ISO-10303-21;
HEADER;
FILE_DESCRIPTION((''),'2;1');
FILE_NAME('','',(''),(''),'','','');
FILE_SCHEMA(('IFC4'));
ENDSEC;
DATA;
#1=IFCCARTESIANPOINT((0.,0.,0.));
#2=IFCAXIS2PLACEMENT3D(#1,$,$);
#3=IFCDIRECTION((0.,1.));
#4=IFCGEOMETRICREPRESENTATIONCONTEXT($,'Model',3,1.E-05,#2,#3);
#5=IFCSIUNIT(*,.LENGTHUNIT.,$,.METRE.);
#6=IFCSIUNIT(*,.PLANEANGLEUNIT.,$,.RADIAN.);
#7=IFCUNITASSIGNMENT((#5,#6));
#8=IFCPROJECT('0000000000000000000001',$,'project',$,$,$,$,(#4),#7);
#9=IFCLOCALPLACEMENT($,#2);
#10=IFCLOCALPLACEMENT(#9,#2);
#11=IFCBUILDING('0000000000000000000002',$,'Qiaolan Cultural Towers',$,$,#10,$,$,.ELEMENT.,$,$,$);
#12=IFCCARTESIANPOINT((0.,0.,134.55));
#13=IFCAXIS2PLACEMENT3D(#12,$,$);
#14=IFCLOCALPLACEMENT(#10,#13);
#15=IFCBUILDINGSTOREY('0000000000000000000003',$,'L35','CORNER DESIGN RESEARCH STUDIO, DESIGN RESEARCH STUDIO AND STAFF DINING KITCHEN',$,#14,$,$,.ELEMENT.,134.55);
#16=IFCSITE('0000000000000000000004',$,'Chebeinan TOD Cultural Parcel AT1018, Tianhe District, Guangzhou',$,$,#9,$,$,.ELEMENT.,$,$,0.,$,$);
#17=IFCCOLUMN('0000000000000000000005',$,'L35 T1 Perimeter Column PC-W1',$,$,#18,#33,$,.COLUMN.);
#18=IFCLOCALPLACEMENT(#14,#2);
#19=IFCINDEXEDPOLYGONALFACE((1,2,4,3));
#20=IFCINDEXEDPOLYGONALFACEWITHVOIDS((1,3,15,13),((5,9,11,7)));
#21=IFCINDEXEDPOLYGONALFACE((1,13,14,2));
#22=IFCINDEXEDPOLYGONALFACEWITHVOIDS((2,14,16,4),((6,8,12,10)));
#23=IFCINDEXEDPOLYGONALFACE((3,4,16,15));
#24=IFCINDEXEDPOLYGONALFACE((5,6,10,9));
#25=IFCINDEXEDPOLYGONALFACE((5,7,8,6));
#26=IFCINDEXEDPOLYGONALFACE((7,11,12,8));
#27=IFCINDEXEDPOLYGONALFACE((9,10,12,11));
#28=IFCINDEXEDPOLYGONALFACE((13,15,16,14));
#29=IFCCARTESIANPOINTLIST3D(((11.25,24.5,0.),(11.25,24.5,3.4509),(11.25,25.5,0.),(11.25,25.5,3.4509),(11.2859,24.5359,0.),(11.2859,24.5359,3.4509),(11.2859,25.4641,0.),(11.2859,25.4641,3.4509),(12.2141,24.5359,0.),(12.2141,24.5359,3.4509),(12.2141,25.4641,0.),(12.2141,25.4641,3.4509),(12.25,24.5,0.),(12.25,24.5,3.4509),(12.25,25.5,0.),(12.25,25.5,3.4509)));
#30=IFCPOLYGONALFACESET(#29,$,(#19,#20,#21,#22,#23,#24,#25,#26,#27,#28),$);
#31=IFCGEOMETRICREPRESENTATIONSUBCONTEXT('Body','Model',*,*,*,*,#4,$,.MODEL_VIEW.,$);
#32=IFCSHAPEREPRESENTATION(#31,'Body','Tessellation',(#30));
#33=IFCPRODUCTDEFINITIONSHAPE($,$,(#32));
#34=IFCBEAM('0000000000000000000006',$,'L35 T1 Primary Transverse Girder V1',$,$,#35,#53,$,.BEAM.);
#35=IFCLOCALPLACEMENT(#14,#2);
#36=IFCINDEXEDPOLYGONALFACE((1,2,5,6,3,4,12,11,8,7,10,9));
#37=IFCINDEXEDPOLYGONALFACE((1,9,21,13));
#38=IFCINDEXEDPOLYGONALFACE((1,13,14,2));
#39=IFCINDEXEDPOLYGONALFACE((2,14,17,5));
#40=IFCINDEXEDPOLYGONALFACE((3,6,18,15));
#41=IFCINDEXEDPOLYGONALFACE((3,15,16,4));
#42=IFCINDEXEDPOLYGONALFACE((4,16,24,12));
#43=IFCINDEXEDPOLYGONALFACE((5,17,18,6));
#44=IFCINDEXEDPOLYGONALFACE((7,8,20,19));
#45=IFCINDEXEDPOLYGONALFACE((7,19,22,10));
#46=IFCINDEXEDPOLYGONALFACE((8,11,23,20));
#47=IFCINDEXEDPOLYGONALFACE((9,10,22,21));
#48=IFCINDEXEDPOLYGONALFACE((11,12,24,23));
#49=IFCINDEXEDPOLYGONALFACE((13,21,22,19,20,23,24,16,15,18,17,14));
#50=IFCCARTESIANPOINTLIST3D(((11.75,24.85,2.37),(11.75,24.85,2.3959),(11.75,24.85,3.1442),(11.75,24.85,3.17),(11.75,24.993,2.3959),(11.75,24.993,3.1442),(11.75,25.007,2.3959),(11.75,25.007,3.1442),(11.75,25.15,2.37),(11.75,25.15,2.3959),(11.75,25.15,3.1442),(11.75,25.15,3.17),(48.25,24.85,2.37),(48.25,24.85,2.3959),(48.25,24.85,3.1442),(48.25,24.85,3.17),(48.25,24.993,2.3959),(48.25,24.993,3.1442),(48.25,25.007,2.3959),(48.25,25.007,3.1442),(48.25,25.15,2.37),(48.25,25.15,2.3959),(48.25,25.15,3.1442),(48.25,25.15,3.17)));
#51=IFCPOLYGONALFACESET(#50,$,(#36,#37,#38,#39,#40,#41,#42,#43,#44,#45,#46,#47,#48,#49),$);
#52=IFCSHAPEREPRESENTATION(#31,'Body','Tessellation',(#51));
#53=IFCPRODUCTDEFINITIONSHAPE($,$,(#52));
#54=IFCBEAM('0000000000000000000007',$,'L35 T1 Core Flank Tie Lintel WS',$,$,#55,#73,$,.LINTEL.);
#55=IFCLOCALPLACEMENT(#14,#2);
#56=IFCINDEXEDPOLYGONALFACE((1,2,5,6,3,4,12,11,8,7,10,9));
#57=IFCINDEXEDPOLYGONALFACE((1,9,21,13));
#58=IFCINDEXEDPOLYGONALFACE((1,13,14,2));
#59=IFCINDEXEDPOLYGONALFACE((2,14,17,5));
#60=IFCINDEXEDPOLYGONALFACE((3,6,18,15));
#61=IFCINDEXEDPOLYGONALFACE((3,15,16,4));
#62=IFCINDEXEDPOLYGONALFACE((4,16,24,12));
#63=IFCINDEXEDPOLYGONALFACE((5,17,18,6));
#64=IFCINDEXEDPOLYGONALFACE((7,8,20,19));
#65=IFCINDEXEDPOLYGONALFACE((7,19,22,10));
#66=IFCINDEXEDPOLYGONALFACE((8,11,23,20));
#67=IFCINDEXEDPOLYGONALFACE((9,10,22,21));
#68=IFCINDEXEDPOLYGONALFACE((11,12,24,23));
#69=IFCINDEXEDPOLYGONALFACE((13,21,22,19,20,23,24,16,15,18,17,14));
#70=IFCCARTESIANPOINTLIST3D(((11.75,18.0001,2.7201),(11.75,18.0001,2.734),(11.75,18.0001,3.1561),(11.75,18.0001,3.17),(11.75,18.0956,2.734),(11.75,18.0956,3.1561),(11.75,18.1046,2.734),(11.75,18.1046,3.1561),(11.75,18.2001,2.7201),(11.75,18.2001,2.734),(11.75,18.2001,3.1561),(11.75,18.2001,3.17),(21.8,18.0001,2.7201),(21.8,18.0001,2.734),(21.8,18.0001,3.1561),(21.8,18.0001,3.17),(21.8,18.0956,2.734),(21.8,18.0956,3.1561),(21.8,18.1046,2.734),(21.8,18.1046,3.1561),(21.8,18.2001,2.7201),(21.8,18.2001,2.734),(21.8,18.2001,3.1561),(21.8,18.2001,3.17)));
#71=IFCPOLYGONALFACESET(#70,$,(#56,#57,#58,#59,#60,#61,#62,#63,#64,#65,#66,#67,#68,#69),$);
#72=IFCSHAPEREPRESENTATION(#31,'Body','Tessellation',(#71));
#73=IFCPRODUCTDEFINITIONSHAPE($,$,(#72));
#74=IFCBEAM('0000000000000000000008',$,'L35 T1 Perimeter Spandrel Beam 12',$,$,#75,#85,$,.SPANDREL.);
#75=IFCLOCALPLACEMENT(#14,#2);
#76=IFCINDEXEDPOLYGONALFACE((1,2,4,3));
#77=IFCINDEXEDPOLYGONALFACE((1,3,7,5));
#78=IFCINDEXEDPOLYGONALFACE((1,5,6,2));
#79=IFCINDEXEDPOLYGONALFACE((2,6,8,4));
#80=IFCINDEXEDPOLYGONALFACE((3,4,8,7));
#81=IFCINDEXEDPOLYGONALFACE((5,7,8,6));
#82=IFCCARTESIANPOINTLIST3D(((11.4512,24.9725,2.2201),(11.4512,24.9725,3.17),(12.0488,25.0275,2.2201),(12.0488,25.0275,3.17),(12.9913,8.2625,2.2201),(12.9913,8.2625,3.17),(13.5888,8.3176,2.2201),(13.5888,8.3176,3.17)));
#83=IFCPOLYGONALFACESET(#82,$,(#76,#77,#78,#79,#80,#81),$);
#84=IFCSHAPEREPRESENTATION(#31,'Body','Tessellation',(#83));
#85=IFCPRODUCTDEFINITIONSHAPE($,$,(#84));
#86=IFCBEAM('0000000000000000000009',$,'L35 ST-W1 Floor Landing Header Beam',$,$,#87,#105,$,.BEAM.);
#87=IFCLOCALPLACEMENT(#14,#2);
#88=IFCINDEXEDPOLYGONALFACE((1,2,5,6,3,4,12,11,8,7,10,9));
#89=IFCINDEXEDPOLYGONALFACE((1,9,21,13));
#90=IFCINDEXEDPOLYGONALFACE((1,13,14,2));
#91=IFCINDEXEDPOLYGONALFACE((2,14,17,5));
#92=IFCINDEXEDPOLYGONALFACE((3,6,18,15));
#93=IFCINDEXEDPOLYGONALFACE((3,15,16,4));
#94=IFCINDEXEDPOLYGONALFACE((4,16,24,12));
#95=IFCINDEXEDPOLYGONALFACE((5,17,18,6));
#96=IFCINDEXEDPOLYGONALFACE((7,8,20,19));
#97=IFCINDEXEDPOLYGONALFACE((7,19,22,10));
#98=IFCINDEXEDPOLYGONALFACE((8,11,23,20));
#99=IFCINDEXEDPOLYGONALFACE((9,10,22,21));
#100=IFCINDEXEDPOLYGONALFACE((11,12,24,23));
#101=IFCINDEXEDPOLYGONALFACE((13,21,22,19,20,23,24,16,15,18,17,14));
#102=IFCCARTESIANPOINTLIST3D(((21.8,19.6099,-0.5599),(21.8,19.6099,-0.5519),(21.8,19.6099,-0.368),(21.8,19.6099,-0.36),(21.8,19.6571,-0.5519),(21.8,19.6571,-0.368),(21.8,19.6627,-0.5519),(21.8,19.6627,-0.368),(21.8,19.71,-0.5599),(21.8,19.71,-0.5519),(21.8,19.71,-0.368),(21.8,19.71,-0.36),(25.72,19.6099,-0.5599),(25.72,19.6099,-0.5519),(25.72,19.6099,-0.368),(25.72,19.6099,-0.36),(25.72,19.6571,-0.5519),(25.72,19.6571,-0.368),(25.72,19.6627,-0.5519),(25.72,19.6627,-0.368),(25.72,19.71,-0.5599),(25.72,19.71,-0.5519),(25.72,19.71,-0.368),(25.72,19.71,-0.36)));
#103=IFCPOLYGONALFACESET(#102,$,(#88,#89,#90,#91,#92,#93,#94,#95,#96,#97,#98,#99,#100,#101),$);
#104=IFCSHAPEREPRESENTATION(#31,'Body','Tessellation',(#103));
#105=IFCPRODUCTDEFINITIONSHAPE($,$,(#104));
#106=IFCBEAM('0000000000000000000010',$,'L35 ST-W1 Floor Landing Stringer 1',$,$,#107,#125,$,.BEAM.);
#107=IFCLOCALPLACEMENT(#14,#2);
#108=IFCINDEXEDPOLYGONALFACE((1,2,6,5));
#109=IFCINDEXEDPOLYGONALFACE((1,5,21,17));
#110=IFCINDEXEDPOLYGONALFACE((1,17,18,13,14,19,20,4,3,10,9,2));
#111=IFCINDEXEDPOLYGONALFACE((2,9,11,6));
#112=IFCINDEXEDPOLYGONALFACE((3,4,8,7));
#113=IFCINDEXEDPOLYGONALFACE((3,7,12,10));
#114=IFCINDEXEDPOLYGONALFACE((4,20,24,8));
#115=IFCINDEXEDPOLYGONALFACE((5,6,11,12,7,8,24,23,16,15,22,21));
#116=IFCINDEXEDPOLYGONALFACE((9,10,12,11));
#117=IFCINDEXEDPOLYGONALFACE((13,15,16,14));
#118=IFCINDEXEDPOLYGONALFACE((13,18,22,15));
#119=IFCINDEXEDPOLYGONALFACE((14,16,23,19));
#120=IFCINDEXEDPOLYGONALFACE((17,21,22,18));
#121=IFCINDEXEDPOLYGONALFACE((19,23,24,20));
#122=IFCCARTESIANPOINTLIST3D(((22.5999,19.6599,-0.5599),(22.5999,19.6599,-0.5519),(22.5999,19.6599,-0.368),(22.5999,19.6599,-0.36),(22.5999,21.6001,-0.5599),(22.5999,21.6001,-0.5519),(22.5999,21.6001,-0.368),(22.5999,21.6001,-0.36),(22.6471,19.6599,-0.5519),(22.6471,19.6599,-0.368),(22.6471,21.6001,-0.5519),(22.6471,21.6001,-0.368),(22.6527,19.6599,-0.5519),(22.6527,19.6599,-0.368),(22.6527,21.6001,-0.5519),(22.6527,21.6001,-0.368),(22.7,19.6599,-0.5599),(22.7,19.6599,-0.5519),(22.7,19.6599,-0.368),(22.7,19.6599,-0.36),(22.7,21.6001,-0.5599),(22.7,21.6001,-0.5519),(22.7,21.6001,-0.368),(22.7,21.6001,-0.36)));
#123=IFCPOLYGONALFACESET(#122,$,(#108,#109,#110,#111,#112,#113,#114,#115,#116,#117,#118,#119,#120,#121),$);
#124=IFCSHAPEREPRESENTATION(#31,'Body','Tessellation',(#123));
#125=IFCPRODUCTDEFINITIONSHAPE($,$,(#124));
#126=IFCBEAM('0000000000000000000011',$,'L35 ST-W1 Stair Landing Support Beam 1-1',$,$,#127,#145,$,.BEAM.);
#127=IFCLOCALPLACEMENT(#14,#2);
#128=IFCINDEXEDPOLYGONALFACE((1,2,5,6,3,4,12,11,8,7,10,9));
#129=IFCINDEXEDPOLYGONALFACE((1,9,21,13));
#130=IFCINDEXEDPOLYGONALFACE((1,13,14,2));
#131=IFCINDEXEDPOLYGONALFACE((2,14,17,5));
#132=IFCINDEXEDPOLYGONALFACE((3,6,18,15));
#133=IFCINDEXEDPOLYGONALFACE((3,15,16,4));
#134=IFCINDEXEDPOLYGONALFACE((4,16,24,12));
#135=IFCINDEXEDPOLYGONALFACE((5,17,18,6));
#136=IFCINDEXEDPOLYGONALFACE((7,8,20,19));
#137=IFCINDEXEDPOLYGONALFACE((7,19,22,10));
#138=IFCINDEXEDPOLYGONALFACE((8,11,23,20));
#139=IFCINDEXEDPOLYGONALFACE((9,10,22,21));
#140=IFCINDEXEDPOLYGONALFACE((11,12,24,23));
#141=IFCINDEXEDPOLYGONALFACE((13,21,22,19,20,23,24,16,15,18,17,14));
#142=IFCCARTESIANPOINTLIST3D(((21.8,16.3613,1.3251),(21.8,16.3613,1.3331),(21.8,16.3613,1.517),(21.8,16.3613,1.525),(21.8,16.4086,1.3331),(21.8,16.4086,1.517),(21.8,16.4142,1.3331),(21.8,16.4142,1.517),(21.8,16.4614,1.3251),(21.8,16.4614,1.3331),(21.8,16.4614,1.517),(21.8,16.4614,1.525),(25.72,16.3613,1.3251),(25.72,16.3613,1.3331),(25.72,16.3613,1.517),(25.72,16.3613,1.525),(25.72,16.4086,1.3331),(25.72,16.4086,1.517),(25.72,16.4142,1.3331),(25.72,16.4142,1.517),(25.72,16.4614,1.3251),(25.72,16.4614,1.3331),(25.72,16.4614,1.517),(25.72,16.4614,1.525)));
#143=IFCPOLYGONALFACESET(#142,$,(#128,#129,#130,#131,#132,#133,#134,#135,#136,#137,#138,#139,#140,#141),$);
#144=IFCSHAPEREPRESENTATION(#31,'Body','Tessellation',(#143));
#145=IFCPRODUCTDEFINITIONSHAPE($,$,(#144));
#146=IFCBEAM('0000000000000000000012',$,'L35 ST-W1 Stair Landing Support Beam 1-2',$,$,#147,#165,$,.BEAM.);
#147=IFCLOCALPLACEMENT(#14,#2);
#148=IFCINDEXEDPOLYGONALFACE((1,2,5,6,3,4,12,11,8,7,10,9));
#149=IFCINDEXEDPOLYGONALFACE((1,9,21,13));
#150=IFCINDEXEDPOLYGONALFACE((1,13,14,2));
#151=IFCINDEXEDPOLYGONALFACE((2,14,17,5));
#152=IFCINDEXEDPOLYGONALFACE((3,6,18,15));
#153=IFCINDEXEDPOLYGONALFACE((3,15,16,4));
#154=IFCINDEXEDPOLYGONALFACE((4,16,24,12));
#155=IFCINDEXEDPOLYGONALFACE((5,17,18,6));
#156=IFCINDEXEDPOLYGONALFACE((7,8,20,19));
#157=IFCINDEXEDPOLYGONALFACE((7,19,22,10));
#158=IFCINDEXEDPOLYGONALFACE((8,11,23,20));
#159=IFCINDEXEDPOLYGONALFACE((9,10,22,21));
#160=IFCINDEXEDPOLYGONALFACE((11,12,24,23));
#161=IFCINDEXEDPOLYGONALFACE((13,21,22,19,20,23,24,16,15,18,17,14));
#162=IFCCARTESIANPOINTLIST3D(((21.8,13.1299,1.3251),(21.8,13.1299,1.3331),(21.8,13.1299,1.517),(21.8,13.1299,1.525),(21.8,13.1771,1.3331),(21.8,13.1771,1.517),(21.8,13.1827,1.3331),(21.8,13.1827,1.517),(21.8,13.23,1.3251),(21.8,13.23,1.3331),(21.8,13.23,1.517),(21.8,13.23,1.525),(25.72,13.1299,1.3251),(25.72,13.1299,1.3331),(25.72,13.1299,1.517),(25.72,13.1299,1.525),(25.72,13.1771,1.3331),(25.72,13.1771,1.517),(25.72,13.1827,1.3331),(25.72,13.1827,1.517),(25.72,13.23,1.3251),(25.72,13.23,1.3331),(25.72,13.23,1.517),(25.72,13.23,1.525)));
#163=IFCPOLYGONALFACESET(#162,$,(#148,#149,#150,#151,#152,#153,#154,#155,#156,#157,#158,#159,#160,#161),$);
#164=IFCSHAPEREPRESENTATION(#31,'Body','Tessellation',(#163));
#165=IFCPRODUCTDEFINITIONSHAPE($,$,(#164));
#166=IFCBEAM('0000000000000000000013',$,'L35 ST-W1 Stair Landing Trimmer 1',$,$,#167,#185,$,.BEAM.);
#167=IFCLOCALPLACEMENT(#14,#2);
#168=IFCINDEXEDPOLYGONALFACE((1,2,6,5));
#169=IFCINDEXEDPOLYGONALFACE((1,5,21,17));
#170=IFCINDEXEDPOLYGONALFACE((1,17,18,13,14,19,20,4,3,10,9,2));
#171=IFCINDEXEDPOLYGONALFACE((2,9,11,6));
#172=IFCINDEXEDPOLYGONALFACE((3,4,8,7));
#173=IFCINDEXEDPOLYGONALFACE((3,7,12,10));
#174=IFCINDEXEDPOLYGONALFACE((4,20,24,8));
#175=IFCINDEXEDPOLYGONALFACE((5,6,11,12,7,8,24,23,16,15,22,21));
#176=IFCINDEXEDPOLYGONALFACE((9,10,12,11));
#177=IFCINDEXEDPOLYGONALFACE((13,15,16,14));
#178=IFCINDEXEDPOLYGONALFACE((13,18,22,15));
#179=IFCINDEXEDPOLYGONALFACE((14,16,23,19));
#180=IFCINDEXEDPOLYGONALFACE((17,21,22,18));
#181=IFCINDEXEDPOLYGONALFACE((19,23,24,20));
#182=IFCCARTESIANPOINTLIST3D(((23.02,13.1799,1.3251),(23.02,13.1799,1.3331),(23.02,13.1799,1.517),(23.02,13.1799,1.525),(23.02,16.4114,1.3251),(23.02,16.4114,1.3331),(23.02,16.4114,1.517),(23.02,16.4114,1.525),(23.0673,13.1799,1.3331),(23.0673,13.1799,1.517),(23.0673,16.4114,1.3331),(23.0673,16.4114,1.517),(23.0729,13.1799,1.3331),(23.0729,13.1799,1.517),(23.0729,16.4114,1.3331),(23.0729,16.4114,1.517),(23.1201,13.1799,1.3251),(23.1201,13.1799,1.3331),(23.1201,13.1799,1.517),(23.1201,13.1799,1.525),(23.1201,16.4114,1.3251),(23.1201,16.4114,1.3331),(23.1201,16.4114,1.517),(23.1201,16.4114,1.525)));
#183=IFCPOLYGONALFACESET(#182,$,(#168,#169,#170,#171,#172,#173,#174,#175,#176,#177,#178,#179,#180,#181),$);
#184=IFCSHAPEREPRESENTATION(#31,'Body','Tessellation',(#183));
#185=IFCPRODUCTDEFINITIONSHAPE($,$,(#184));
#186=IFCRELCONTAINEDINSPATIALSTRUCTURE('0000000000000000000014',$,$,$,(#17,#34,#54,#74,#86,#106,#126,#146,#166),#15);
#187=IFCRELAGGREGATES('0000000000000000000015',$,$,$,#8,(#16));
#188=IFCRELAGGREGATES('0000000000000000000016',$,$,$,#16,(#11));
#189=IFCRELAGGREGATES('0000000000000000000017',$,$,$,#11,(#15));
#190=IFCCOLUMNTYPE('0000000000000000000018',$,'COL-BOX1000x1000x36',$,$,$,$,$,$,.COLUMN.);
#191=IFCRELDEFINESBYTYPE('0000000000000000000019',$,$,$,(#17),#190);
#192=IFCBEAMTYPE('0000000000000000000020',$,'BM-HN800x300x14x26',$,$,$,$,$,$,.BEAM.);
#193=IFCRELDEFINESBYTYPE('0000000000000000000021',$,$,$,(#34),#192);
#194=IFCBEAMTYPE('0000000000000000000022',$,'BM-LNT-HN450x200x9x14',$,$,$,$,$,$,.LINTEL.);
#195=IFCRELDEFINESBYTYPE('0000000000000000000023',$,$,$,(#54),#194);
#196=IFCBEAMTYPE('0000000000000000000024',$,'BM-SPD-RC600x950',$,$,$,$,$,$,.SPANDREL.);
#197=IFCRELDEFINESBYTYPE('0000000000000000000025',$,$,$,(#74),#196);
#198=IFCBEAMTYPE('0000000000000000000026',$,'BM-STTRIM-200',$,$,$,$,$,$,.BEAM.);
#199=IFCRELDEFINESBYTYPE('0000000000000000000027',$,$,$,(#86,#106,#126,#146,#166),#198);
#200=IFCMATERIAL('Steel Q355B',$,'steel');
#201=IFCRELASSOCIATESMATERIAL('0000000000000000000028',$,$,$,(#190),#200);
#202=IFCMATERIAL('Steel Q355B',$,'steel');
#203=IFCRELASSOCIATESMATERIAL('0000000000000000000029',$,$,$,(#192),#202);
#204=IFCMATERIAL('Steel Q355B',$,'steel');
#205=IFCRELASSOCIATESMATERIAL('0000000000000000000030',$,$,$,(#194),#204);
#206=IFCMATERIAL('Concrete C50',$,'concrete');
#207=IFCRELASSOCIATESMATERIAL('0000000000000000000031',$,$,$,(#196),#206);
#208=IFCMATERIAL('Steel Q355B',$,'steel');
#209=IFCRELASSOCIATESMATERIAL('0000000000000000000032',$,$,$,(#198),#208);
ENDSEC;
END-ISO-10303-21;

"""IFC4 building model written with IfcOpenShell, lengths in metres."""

from ifc_helpers import new_model, si_unit, direction, frame, origin, origin_2d, place, context, subcontext, project, spatial, rectangle, hollow_rectangle, i_section, extrude, material, material_profile, profile_set, type_object, element, save


model = new_model("IFC4")

# Units and contexts
model_context = context("Model", 3, precision=1e-05, world=origin(), true_north=direction((0.0, 1.0)))
body_context = subcontext(model_context, "Body", "Model", "MODEL_VIEW")
ifc_project = project(units=[si_unit("LENGTHUNIT", "METRE"), si_unit("PLANEANGLEUNIT", "RADIAN")], contexts=[model_context])

# Site, building, storey
site_placement = place(None, origin())
site = spatial("IfcSite", under=ifc_project, at=site_placement, Name="Chebeinan TOD Cultural Parcel AT1018, Tianhe District, Guangzhou", CompositionType="ELEMENT", RefElevation=0.0)
building_placement = place(site_placement, origin())
building = spatial("IfcBuilding", under=site, at=building_placement, Name="Qiaolan Cultural Towers", CompositionType="ELEMENT")
storey_placement = place(building_placement, frame((0.0, 0.0, 134.55)))
storey = spatial("IfcBuildingStorey", under=building, at=storey_placement, Name="L35", Description="CORNER DESIGN RESEARCH STUDIO, DESIGN RESEARCH STUDIO AND STAFF DINING KITCHEN", CompositionType="ELEMENT", Elevation=134.55)

# Column
ifc_material_1 = material(Name="Steel Q355B", Category="steel")
ifc_material_profile_1 = material_profile(ifc_material_1, hollow_rectangle(XDim=1.0, YDim=1.0, WallThickness=0.0359, at=origin_2d()), Name="BOX1000x1000x36")
ifc_profile_set_1 = profile_set([ifc_material_profile_1], Name="Steel Q355B")
column_type = type_object("IfcColumnType", Name="COL-BOX1000x1000x36", PredefinedType="COLUMN", material=ifc_profile_set_1)
column_placement = place(storey_placement, frame((11.75, 25.0, 0.0), z_axis=(0.0, 0.0, 1.0), x_axis=(1.0, 0.0, 0.0)))
element("IfcColumn", 1, at=column_placement, inside=storey, type_object=column_type, Name="L35 T1 Perimeter Column PC-W1", PredefinedType="COLUMN", context=body_context, shape_type="SweptSolid", body=[
    extrude(hollow_rectangle(XDim=1.0, YDim=1.0, WallThickness=0.0359, at=origin_2d()), origin(), (0.0, 0.0, 1.0), 3.4509),
])

# Beams
ifc_material_2 = material(Name="Steel Q355B", Category="steel")
ifc_material_profile_2 = material_profile(ifc_material_2, i_section(OverallWidth=0.3, OverallDepth=0.8, WebThickness=0.0139, FlangeThickness=0.0259, at=origin_2d()), Name="HN800x300x14x26")
ifc_profile_set_2 = profile_set([ifc_material_profile_2], Name="Steel Q355B")
beam_type_1 = type_object("IfcBeamType", Name="BM-HN800x300x14x26", PredefinedType="BEAM", material=ifc_profile_set_2)
beam_1_placement = place(storey_placement, frame((11.75, 25.0, 2.77), z_axis=(1.0, 0.0, 0.0), x_axis=(0.0, 1.0, 0.0)))
element("IfcBeam", 2, at=beam_1_placement, inside=storey, type_object=beam_type_1, Name="L35 T1 Primary Transverse Girder V1", PredefinedType="BEAM", context=body_context, shape_type="SweptSolid", body=[
    extrude(i_section(OverallWidth=0.3, OverallDepth=0.8, WebThickness=0.0139, FlangeThickness=0.0259, at=origin_2d()), origin(), (0.0, 0.0, 1.0), 36.5),
])
ifc_material_3 = material(Name="Steel Q355B", Category="steel")
ifc_material_profile_3 = material_profile(ifc_material_3, i_section(OverallWidth=0.2, OverallDepth=0.45, WebThickness=0.009, FlangeThickness=0.0139, at=origin_2d()), Name="HN450x200x9x14")
ifc_profile_set_3 = profile_set([ifc_material_profile_3], Name="Steel Q355B")
beam_type_2 = type_object("IfcBeamType", Name="BM-LNT-HN450x200x9x14", PredefinedType="LINTEL", material=ifc_profile_set_3)
beam_2_placement = place(storey_placement, frame((21.8, 18.1001, 2.9451), z_axis=(-1.0, 0.0, 0.0), x_axis=(0.0, -1.0, 0.0)))
element("IfcBeam", 3, at=beam_2_placement, inside=storey, type_object=beam_type_2, Name="L35 T1 Core Flank Tie Lintel WS", PredefinedType="LINTEL", context=body_context, shape_type="SweptSolid", body=[
    extrude(i_section(OverallWidth=0.2, OverallDepth=0.45, WebThickness=0.009, FlangeThickness=0.0139, at=origin_2d()), origin(), (0.0, 0.0, 1.0), 10.05),
])
ifc_material_4 = material(Name="Concrete C50", Category="concrete")
ifc_material_profile_4 = material_profile(ifc_material_4, rectangle(XDim=0.6001, YDim=0.95, at=origin_2d()), Name="RC600x950")
ifc_profile_set_4 = profile_set([ifc_material_profile_4], Name="Concrete C50")
beam_type_3 = type_object("IfcBeamType", Name="BM-SPD-RC600x950", PredefinedType="SPANDREL", material=ifc_profile_set_4)
beam_3_placement = place(storey_placement, frame((11.75, 25.0, 2.6951), z_axis=(0.091774, -0.99578, 0.0), x_axis=(0.99578, 0.091774, 0.0)))
element("IfcBeam", 4, at=beam_3_placement, inside=storey, type_object=beam_type_3, Name="L35 T1 Perimeter Spandrel Beam 12", PredefinedType="SPANDREL", context=body_context, shape_type="SweptSolid", body=[
    extrude(rectangle(XDim=0.6001, YDim=0.95, at=origin_2d()), origin(), (0.0, 0.0, 1.0), 16.7808),
])
ifc_material_5 = material(Name="Steel Q355B", Category="steel")
ifc_material_profile_5 = material_profile(ifc_material_5, i_section(OverallWidth=0.1001, OverallDepth=0.2, WebThickness=0.0056, FlangeThickness=0.0081, at=origin_2d()), Name="HN200x100x5.5x8")
ifc_profile_set_5 = profile_set([ifc_material_profile_5], Name="Steel Q355B")
beam_type_4 = type_object("IfcBeamType", Name="BM-STTRIM-200", PredefinedType="BEAM", material=ifc_profile_set_5)
beam_4_placement = place(storey_placement, frame((21.8, 19.6599, -0.46), z_axis=(1.0, 0.0, 0.0), x_axis=(0.0, 1.0, 0.0)))
element("IfcBeam", 5, at=beam_4_placement, inside=storey, type_object=beam_type_4, Name="L35 ST-W1 Floor Landing Header Beam", PredefinedType="BEAM", context=body_context, shape_type="SweptSolid", body=[
    extrude(i_section(OverallWidth=0.1001, OverallDepth=0.2, WebThickness=0.0056, FlangeThickness=0.0081, at=origin_2d()), origin(), (0.0, 0.0, 1.0), 3.9199),
])
beam_5_placement = place(storey_placement, frame((22.6499, 21.6001, -0.46), z_axis=(0.0, -1.0, 0.0), x_axis=(1.0, 0.0, 0.0)))
element("IfcBeam", 6, at=beam_5_placement, inside=storey, type_object=beam_type_4, Name="L35 ST-W1 Floor Landing Stringer 1", PredefinedType="BEAM", context=body_context, shape_type="SweptSolid", body=[
    extrude(i_section(OverallWidth=0.1001, OverallDepth=0.2, WebThickness=0.0056, FlangeThickness=0.0081, at=origin_2d()), origin(), (0.0, 0.0, 1.0), 1.9402),
])
for number, where, z_axis, x_axis, name in (
    (7, (21.8, 16.4114, 1.425), (1.0, 0.0, 0.0), (0.0, 1.0, 0.0), "L35 ST-W1 Stair Landing Support Beam 1-1"),
    (8, (21.8, 13.1799, 1.425), (1.0, 0.0, 0.0), (0.0, 1.0, 0.0), "L35 ST-W1 Stair Landing Support Beam 1-2"),
):
    element("IfcBeam", number, at=place(storey_placement, frame(where, z_axis=z_axis, x_axis=x_axis)), inside=storey, type_object=beam_type_4, Name=name, PredefinedType="BEAM", context=body_context, shape_type="SweptSolid", body=[
        extrude(i_section(OverallWidth=0.1001, OverallDepth=0.2, WebThickness=0.0056, FlangeThickness=0.0081, at=origin_2d()), origin(), (0.0, 0.0, 1.0), 3.9199),
    ])
beam_6_placement = place(storey_placement, frame((23.0701, 16.4114, 1.425), z_axis=(0.0, -1.0, 0.0), x_axis=(1.0, 0.0, 0.0)))
element("IfcBeam", 9, at=beam_6_placement, inside=storey, type_object=beam_type_4, Name="L35 ST-W1 Stair Landing Trimmer 1", PredefinedType="BEAM", context=body_context, shape_type="SweptSolid", body=[
    extrude(i_section(OverallWidth=0.1001, OverallDepth=0.2, WebThickness=0.0056, FlangeThickness=0.0081, at=origin_2d()), origin(), (0.0, 0.0, 1.0), 3.2314),
])

save(model, "model.ifc")
